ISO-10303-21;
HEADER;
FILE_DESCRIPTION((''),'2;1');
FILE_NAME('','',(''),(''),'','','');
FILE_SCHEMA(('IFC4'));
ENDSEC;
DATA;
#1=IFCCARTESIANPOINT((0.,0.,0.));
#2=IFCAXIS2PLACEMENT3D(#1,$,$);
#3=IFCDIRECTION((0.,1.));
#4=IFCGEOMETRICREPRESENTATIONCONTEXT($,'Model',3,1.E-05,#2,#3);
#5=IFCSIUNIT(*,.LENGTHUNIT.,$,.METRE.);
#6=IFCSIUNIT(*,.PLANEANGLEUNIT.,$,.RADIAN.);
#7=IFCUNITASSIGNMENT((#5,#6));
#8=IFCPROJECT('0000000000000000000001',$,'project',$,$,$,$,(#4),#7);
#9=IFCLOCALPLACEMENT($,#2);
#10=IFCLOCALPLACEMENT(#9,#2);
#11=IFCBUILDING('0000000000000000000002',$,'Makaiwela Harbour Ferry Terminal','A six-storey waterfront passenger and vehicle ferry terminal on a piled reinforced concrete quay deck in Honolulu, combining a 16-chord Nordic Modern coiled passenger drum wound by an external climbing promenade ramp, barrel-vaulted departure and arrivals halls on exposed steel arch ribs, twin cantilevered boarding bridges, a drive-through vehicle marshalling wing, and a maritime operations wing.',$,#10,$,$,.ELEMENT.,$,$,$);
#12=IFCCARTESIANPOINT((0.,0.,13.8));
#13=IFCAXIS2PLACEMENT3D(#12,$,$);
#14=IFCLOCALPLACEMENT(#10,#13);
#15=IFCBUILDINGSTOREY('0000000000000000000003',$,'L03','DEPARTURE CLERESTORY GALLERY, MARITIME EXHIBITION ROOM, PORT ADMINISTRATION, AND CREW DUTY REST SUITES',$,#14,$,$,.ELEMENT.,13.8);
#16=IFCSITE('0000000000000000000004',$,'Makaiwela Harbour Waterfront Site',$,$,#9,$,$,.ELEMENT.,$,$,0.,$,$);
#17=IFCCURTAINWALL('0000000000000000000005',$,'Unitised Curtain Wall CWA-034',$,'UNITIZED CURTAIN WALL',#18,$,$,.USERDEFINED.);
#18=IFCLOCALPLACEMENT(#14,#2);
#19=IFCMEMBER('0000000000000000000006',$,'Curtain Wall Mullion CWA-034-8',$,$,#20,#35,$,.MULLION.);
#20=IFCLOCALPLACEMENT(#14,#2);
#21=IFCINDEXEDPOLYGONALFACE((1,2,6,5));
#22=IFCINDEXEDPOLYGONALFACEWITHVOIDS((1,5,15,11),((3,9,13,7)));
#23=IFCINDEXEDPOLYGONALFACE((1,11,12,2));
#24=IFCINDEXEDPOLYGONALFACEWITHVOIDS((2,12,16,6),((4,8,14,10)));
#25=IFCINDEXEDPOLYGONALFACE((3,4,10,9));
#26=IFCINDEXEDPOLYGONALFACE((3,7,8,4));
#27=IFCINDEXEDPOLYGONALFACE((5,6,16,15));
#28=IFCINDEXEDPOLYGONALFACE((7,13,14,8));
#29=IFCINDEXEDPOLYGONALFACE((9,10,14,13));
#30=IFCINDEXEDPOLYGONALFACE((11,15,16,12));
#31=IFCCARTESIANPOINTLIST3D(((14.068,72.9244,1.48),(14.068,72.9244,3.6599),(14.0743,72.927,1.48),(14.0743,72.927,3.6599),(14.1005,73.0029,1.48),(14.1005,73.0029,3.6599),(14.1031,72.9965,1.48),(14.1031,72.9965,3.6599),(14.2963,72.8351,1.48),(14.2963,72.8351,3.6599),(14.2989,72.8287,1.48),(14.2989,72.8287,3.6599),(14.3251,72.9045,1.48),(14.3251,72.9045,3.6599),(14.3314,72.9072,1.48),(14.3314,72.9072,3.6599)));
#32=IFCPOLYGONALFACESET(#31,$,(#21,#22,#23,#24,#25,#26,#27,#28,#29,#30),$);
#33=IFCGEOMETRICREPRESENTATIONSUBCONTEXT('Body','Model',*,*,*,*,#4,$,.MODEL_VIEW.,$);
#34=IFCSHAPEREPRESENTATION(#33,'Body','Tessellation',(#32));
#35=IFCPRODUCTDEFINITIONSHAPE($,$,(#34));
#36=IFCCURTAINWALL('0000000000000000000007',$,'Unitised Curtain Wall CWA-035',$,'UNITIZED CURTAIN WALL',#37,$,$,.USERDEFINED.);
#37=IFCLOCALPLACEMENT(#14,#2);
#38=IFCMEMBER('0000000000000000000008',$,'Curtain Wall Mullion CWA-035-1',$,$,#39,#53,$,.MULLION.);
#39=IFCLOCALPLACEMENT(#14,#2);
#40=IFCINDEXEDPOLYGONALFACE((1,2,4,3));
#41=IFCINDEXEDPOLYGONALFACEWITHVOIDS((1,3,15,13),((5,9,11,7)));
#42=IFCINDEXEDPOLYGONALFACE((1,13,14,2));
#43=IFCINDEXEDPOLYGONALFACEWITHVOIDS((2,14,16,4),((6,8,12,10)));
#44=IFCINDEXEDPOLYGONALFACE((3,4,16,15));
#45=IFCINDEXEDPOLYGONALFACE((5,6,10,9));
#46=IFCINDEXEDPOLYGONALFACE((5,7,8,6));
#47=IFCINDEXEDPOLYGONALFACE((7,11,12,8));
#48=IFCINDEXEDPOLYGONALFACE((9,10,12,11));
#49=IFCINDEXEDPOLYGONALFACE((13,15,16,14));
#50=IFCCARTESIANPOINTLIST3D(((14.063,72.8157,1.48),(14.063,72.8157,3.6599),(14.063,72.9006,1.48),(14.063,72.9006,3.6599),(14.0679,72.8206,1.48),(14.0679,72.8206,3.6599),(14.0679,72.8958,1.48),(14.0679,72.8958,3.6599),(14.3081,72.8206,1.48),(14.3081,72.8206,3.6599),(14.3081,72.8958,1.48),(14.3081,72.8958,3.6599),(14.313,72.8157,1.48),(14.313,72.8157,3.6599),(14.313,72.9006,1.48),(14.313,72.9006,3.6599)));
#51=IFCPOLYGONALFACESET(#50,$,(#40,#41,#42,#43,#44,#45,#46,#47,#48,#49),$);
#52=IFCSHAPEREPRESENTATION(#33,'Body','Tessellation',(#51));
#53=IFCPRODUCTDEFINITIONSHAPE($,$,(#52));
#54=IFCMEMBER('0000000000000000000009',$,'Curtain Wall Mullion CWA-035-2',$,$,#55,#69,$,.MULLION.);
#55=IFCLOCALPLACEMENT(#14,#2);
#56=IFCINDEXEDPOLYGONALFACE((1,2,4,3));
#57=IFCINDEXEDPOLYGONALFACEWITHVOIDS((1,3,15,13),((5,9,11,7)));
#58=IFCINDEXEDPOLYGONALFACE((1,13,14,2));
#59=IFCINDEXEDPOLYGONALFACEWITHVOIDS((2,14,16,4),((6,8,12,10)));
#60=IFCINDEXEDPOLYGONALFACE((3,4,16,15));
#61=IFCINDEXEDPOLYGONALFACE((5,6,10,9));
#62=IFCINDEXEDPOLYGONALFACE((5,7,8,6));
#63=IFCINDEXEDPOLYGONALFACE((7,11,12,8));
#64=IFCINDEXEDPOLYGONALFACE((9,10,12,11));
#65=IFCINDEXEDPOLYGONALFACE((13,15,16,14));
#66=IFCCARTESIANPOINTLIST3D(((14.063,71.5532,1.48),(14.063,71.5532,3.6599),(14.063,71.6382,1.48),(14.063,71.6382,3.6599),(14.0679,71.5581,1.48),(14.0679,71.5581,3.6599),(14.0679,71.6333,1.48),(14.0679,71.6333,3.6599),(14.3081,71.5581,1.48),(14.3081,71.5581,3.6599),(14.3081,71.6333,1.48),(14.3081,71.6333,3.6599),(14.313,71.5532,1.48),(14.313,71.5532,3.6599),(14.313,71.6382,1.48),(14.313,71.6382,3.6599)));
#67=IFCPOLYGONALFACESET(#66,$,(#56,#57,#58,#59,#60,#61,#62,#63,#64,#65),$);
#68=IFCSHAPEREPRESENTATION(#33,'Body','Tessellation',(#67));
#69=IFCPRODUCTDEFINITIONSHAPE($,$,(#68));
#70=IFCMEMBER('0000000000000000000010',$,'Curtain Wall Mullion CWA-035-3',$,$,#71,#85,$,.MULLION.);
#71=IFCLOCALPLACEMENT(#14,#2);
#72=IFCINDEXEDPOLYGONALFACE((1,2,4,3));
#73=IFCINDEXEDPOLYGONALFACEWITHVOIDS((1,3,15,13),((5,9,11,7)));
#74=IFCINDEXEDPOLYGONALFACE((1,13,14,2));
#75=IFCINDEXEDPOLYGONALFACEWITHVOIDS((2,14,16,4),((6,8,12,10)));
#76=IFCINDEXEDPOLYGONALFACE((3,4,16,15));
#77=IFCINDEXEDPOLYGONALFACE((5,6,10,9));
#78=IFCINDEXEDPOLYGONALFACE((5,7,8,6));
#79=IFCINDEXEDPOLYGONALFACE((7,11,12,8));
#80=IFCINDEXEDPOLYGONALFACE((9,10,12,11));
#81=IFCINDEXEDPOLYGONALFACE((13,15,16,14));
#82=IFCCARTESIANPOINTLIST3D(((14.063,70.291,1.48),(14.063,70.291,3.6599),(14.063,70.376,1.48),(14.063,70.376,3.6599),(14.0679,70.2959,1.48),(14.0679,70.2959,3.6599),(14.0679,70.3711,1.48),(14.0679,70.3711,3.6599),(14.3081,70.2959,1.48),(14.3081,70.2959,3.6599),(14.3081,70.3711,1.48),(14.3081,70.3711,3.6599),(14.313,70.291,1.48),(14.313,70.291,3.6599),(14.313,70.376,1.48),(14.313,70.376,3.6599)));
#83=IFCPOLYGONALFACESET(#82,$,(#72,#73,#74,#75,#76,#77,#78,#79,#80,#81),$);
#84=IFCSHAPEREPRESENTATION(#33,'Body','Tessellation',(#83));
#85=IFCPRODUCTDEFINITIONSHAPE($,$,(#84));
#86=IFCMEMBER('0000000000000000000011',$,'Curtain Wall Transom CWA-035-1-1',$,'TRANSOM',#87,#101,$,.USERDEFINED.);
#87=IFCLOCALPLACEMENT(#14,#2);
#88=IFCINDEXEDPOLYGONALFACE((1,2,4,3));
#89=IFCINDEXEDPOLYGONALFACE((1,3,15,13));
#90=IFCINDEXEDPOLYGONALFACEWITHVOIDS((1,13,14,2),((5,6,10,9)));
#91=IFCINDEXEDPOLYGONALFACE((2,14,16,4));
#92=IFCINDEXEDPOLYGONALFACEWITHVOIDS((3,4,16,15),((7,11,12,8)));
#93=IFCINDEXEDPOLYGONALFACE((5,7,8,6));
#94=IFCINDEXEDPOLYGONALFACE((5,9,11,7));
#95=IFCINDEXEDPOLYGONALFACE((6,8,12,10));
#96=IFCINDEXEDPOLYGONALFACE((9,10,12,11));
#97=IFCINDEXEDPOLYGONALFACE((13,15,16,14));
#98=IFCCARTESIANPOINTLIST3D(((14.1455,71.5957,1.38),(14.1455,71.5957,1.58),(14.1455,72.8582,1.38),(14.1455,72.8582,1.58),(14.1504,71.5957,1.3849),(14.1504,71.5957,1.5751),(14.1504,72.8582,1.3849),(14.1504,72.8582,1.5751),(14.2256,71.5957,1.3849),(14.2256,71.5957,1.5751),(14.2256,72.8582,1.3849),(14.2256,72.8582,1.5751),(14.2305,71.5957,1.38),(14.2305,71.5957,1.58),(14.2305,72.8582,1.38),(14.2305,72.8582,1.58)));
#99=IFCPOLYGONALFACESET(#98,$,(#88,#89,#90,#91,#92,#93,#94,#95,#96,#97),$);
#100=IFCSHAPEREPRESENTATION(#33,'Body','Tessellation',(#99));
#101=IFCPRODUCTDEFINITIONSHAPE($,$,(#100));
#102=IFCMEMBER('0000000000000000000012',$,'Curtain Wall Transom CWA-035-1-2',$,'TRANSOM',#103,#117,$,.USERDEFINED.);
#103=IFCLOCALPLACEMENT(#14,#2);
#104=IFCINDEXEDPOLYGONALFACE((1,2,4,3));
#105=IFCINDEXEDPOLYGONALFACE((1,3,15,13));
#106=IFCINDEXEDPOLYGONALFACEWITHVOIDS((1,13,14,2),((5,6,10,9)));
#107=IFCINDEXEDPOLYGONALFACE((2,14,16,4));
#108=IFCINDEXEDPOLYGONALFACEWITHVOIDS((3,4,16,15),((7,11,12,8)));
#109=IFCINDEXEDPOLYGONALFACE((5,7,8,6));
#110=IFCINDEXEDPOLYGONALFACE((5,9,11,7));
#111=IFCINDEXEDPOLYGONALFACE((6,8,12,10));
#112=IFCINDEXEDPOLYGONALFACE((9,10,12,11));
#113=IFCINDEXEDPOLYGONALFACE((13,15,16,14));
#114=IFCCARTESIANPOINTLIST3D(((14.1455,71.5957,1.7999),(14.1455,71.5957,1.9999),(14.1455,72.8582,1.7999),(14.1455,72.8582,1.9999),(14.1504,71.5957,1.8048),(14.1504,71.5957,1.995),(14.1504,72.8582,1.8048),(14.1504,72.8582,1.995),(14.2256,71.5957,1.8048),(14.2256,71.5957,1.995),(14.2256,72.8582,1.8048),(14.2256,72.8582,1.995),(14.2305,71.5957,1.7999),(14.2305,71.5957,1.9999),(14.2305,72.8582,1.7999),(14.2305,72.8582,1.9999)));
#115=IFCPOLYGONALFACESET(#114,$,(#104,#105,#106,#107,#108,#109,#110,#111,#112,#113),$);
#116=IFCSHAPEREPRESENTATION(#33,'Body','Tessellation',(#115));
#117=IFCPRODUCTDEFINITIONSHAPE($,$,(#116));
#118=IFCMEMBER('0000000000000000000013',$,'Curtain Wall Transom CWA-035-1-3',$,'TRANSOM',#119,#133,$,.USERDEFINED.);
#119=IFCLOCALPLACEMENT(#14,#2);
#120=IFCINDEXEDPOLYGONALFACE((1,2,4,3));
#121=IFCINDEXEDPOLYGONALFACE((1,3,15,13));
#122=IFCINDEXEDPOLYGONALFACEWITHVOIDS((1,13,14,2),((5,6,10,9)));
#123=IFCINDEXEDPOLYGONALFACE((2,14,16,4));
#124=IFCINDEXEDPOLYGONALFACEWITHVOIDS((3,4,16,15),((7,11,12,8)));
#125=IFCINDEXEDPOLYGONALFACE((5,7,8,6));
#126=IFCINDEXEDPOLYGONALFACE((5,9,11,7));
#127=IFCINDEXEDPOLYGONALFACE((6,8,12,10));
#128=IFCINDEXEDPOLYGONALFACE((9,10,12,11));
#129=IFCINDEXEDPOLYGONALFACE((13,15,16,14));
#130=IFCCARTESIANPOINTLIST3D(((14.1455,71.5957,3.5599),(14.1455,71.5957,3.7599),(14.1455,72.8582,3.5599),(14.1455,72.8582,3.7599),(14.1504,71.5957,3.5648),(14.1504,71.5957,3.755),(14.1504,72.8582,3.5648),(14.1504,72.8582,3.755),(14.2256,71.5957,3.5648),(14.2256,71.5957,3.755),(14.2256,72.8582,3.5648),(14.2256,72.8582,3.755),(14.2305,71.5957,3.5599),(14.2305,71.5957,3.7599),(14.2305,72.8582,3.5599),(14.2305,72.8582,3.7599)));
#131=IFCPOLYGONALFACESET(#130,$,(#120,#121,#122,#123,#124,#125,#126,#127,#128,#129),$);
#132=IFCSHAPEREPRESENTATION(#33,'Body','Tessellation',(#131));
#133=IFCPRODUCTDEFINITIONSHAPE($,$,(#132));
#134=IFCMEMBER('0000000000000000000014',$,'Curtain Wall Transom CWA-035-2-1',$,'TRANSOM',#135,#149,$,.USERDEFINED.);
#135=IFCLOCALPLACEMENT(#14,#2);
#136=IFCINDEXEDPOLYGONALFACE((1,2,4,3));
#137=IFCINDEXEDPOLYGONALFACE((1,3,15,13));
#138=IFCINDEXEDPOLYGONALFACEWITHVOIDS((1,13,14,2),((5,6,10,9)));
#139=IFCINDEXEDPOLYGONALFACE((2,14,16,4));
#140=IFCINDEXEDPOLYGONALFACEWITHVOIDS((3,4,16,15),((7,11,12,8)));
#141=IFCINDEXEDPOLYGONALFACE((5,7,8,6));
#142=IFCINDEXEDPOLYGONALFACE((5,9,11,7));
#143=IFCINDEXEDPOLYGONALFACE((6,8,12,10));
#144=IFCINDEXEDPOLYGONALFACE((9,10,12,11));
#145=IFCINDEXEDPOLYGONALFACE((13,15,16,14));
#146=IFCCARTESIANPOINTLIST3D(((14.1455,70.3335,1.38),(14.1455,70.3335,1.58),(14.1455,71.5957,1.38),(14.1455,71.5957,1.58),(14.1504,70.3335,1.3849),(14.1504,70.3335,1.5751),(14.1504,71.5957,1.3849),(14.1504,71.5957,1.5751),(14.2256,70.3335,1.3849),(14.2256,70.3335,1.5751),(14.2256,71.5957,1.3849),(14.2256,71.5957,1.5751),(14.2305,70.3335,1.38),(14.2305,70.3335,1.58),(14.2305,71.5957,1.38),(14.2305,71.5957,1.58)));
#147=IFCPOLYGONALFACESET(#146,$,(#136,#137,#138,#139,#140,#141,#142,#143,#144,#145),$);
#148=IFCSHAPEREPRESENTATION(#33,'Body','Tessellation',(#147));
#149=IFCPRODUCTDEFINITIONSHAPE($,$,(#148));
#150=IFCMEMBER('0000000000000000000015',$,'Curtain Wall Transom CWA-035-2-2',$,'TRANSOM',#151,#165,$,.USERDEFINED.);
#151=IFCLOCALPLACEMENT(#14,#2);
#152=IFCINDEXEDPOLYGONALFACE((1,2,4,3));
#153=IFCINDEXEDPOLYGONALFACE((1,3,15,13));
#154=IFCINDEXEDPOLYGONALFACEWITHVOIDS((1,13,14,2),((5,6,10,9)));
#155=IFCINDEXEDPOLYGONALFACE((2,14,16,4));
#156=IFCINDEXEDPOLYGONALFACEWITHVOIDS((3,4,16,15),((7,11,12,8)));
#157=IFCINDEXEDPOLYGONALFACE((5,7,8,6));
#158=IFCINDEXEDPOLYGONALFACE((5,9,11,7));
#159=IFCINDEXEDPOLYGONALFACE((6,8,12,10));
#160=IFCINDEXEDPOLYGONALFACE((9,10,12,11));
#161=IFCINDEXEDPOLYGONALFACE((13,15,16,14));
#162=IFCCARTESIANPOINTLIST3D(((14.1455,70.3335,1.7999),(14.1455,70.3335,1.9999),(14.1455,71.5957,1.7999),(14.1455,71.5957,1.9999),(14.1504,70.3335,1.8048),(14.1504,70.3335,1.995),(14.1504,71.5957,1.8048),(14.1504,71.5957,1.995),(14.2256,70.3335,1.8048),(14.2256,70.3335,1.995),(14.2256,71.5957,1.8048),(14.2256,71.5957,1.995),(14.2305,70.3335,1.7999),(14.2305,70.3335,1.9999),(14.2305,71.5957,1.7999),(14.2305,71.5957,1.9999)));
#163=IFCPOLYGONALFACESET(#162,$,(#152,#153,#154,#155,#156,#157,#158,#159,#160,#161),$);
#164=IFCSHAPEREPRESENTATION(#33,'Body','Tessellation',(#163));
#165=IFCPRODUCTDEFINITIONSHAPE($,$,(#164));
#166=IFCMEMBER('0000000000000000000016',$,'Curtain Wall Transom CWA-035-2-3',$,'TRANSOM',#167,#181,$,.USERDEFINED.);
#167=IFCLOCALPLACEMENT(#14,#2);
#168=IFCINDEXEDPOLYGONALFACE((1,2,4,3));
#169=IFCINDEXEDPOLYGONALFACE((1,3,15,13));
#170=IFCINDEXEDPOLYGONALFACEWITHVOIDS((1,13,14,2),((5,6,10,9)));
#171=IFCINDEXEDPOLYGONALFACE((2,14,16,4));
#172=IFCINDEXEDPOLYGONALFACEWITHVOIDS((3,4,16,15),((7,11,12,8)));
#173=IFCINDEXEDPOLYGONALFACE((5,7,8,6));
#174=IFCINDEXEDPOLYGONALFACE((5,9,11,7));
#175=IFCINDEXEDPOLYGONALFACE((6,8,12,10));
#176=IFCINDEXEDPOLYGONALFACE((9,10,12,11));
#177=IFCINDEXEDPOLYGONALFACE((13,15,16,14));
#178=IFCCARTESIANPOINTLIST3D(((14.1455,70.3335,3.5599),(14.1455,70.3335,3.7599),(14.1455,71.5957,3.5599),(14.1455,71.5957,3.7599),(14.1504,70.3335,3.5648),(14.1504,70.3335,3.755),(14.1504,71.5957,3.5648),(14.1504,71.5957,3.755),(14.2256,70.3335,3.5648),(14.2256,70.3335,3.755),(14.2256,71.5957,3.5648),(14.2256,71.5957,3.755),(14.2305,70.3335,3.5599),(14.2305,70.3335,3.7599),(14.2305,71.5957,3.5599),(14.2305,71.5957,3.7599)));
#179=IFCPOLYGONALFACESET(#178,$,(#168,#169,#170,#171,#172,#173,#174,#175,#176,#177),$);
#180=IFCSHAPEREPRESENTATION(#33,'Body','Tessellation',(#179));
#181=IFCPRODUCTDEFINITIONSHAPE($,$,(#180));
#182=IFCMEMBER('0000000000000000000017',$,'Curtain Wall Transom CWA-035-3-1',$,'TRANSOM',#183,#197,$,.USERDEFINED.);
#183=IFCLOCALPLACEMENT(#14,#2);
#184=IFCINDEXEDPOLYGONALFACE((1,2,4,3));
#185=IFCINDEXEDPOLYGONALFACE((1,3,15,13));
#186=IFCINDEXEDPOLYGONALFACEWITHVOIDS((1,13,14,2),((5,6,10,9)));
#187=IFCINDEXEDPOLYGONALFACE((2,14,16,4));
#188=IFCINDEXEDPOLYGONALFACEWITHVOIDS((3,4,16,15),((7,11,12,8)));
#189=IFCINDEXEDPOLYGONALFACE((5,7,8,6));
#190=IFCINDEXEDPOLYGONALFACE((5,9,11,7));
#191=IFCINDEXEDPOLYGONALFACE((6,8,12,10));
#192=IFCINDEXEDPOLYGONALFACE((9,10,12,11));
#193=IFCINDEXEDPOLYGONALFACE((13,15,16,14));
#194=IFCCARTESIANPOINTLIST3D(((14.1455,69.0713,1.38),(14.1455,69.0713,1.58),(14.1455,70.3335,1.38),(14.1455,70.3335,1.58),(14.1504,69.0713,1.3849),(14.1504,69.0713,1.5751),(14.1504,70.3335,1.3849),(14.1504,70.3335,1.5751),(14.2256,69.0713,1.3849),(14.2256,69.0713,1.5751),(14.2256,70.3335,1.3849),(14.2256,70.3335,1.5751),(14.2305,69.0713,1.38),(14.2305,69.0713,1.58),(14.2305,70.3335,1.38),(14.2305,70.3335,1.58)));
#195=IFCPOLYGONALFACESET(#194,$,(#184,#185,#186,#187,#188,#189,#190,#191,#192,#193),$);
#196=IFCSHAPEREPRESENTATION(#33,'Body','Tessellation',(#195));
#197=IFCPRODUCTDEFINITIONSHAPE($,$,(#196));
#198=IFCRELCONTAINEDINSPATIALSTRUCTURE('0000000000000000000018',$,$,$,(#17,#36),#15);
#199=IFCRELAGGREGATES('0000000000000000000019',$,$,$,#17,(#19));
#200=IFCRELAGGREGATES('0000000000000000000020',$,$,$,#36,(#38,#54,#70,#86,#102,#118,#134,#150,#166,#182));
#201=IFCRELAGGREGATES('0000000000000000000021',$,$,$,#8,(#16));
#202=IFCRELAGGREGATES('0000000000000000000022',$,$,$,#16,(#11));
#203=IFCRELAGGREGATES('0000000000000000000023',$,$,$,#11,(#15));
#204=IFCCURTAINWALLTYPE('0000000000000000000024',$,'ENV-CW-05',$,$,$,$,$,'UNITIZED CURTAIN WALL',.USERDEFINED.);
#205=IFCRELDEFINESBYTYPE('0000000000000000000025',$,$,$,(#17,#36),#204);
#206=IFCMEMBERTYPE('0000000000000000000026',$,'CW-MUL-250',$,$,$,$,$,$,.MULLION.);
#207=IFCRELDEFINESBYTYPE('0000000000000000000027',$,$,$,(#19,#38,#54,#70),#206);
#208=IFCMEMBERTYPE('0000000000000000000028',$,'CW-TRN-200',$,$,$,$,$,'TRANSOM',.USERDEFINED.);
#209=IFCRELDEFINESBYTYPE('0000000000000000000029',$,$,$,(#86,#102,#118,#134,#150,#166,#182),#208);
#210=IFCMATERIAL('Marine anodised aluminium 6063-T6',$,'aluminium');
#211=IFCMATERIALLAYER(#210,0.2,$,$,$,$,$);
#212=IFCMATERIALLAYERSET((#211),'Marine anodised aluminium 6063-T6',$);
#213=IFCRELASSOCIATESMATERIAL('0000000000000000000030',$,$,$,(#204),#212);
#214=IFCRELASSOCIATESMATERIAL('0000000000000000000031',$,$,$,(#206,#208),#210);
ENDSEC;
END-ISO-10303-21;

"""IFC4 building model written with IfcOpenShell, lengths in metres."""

from ifc_helpers import new_model, si_unit, direction, frame, origin, origin_2d, place, context, subcontext, project, spatial, hollow_rectangle, extrude, material, layer, layer_set, material_profile, profile_set, type_object, element, aggregate, save


model = new_model("IFC4")

# Units and contexts
model_context = context("Model", 3, precision=1e-05, world=origin(), true_north=direction((0.0, 1.0)))
body_context = subcontext(model_context, "Body", "Model", "MODEL_VIEW")
ifc_project = project(units=[si_unit("LENGTHUNIT", "METRE"), si_unit("PLANEANGLEUNIT", "RADIAN")], contexts=[model_context])

# Site, building, storey
site_placement = place(None, origin())
site = spatial("IfcSite", under=ifc_project, at=site_placement, Name="Makaiwela Harbour Waterfront Site", CompositionType="ELEMENT", RefElevation=0.0)
building_placement = place(site_placement, origin())
building = spatial("IfcBuilding", under=site, at=building_placement, Name="Makaiwela Harbour Ferry Terminal", Description="A six-storey waterfront passenger and vehicle ferry terminal on a piled reinforced concrete quay deck in Honolulu, combining a 16-chord Nordic Modern coiled passenger drum wound by an external climbing promenade ramp, barrel-vaulted departure and arrivals halls on exposed steel arch ribs, twin cantilevered boarding bridges, a drive-through vehicle marshalling wing, and a maritime operations wing.", CompositionType="ELEMENT")
storey_placement = place(building_placement, frame((0.0, 0.0, 13.8)))
storey = spatial("IfcBuildingStorey", under=building, at=storey_placement, Name="L03", Description="DEPARTURE CLERESTORY GALLERY, MARITIME EXHIBITION ROOM, PORT ADMINISTRATION, AND CREW DUTY REST SUITES", CompositionType="ELEMENT", Elevation=13.8)

# Curtain wall, member
ifc_material_1 = material(Name="Marine anodised aluminium 6063-T6", Category="aluminium")
ifc_layer_1 = layer(ifc_material_1, 0.2)
ifc_layer_set_1 = layer_set([ifc_layer_1], Name="Marine anodised aluminium 6063-T6")
curtain_wall_type = type_object("IfcCurtainWallType", Name="ENV-CW-05", ElementType="UNITIZED CURTAIN WALL", PredefinedType="USERDEFINED", material=ifc_layer_set_1)
curtain_wall_1_placement = place(storey_placement, origin())
curtain_wall_1 = element("IfcCurtainWall", 1, at=curtain_wall_1_placement, inside=storey, type_object=curtain_wall_type, Name="Unitised Curtain Wall CWA-034", ObjectType="UNITIZED CURTAIN WALL", PredefinedType="USERDEFINED")
ifc_material_profile_1 = material_profile(ifc_material_1, hollow_rectangle(XDim=0.085, YDim=0.25, WallThickness=0.0049, at=origin_2d()), Name="CWM-250X85")
ifc_profile_set_1 = profile_set([ifc_material_profile_1], Name="Marine anodised aluminium 6063-T6")
member_type_1 = type_object("IfcMemberType", Name="CW-MUL-250", PredefinedType="MULLION", material=ifc_profile_set_1)
member_1_placement = place(storey_placement, frame((14.1997, 72.9158, 1.48), z_axis=(0.0, 0.0, 1.0), x_axis=(0.382683, 0.92388, 0.0)))
member_1 = element("IfcMember", 2, at=member_1_placement, type_object=member_type_1, Name="Curtain Wall Mullion CWA-034-8", PredefinedType="MULLION", context=body_context, shape_type="SweptSolid", body=[
    extrude(hollow_rectangle(XDim=0.085, YDim=0.25, WallThickness=0.0049, at=origin_2d()), origin(), (0.0, 0.0, 1.0), 2.1799),
])

# Curtain wall, members
curtain_wall_2_placement = place(storey_placement, origin())
curtain_wall_2 = element("IfcCurtainWall", 3, at=curtain_wall_2_placement, inside=storey, type_object=curtain_wall_type, Name="Unitised Curtain Wall CWA-035", ObjectType="UNITIZED CURTAIN WALL", PredefinedType="USERDEFINED")
member_2_placement = place(storey_placement, frame((14.188, 72.8582, 1.48), z_axis=(0.0, 0.0, 1.0), x_axis=(0.0, 1.0, 0.0)))
member_2 = element("IfcMember", 4, at=member_2_placement, type_object=member_type_1, Name="Curtain Wall Mullion CWA-035-1", PredefinedType="MULLION", context=body_context, shape_type="SweptSolid", body=[
    extrude(hollow_rectangle(XDim=0.085, YDim=0.25, WallThickness=0.0049, at=origin_2d()), origin(), (0.0, 0.0, 1.0), 2.1799),
])
member_3_placement = place(storey_placement, frame((14.188, 71.5957, 1.48), z_axis=(0.0, 0.0, 1.0), x_axis=(0.0, 1.0, 0.0)))
member_3 = element("IfcMember", 5, at=member_3_placement, type_object=member_type_1, Name="Curtain Wall Mullion CWA-035-2", PredefinedType="MULLION", context=body_context, shape_type="SweptSolid", body=[
    extrude(hollow_rectangle(XDim=0.085, YDim=0.25, WallThickness=0.0049, at=origin_2d()), origin(), (0.0, 0.0, 1.0), 2.1799),
])
member_4_placement = place(storey_placement, frame((14.188, 70.3335, 1.48), z_axis=(0.0, 0.0, 1.0), x_axis=(0.0, 1.0, 0.0)))
member_4 = element("IfcMember", 6, at=member_4_placement, type_object=member_type_1, Name="Curtain Wall Mullion CWA-035-3", PredefinedType="MULLION", context=body_context, shape_type="SweptSolid", body=[
    extrude(hollow_rectangle(XDim=0.085, YDim=0.25, WallThickness=0.0049, at=origin_2d()), origin(), (0.0, 0.0, 1.0), 2.1799),
])
ifc_material_profile_2 = material_profile(ifc_material_1, hollow_rectangle(XDim=0.085, YDim=0.2, WallThickness=0.0049, at=origin_2d()), Name="CWT-200X85")
ifc_profile_set_2 = profile_set([ifc_material_profile_2], Name="Marine anodised aluminium 6063-T6")
member_type_2 = type_object("IfcMemberType", Name="CW-TRN-200", ElementType="TRANSOM", PredefinedType="USERDEFINED", material=ifc_profile_set_2)
member_5_placement = place(storey_placement, frame((14.188, 72.8582, 1.48), z_axis=(0.0, -1.0, 0.0), x_axis=(1.0, 0.0, 0.0)))
member_5 = element("IfcMember", 7, at=member_5_placement, type_object=member_type_2, Name="Curtain Wall Transom CWA-035-1-1", ObjectType="TRANSOM", PredefinedType="USERDEFINED", context=body_context, shape_type="SweptSolid", body=[
    extrude(hollow_rectangle(XDim=0.085, YDim=0.2, WallThickness=0.0049, at=origin_2d()), origin(), (0.0, 0.0, 1.0), 1.2625),
])
member_6_placement = place(storey_placement, frame((14.188, 72.8582, 1.8999), z_axis=(0.0, -1.0, 0.0), x_axis=(1.0, 0.0, 0.0)))
member_6 = element("IfcMember", 8, at=member_6_placement, type_object=member_type_2, Name="Curtain Wall Transom CWA-035-1-2", ObjectType="TRANSOM", PredefinedType="USERDEFINED", context=body_context, shape_type="SweptSolid", body=[
    extrude(hollow_rectangle(XDim=0.085, YDim=0.2, WallThickness=0.0049, at=origin_2d()), origin(), (0.0, 0.0, 1.0), 1.2625),
])
member_7_placement = place(storey_placement, frame((14.188, 72.8582, 3.6599), z_axis=(0.0, -1.0, 0.0), x_axis=(1.0, 0.0, 0.0)))
member_7 = element("IfcMember", 9, at=member_7_placement, type_object=member_type_2, Name="Curtain Wall Transom CWA-035-1-3", ObjectType="TRANSOM", PredefinedType="USERDEFINED", context=body_context, shape_type="SweptSolid", body=[
    extrude(hollow_rectangle(XDim=0.085, YDim=0.2, WallThickness=0.0049, at=origin_2d()), origin(), (0.0, 0.0, 1.0), 1.2625),
])
member_8_placement = place(storey_placement, frame((14.188, 71.5957, 1.48), z_axis=(0.0, -1.0, 0.0), x_axis=(1.0, 0.0, 0.0)))
member_8 = element("IfcMember", 10, at=member_8_placement, type_object=member_type_2, Name="Curtain Wall Transom CWA-035-2-1", ObjectType="TRANSOM", PredefinedType="USERDEFINED", context=body_context, shape_type="SweptSolid", body=[
    extrude(hollow_rectangle(XDim=0.085, YDim=0.2, WallThickness=0.0049, at=origin_2d()), origin(), (0.0, 0.0, 1.0), 1.2622),
])
member_9_placement = place(storey_placement, frame((14.188, 71.5957, 1.8999), z_axis=(0.0, -1.0, 0.0), x_axis=(1.0, 0.0, 0.0)))
member_9 = element("IfcMember", 11, at=member_9_placement, type_object=member_type_2, Name="Curtain Wall Transom CWA-035-2-2", ObjectType="TRANSOM", PredefinedType="USERDEFINED", context=body_context, shape_type="SweptSolid", body=[
    extrude(hollow_rectangle(XDim=0.085, YDim=0.2, WallThickness=0.0049, at=origin_2d()), origin(), (0.0, 0.0, 1.0), 1.2622),
])
member_10_placement = place(storey_placement, frame((14.188, 71.5957, 3.6599), z_axis=(0.0, -1.0, 0.0), x_axis=(1.0, 0.0, 0.0)))
member_10 = element("IfcMember", 12, at=member_10_placement, type_object=member_type_2, Name="Curtain Wall Transom CWA-035-2-3", ObjectType="TRANSOM", PredefinedType="USERDEFINED", context=body_context, shape_type="SweptSolid", body=[
    extrude(hollow_rectangle(XDim=0.085, YDim=0.2, WallThickness=0.0049, at=origin_2d()), origin(), (0.0, 0.0, 1.0), 1.2622),
])
member_11_placement = place(storey_placement, frame((14.188, 70.3335, 1.48), z_axis=(0.0, -1.0, 0.0), x_axis=(1.0, 0.0, 0.0)))
member_11 = element("IfcMember", 13, at=member_11_placement, type_object=member_type_2, Name="Curtain Wall Transom CWA-035-3-1", ObjectType="TRANSOM", PredefinedType="USERDEFINED", context=body_context, shape_type="SweptSolid", body=[
    extrude(hollow_rectangle(XDim=0.085, YDim=0.2, WallThickness=0.0049, at=origin_2d()), origin(), (0.0, 0.0, 1.0), 1.2622),
])

aggregate(curtain_wall_1, [member_1])
aggregate(curtain_wall_2, [member_2, member_3, member_4, member_5, member_6, member_7, member_8, member_9, member_10, member_11])

save(model, "model.ifc")
